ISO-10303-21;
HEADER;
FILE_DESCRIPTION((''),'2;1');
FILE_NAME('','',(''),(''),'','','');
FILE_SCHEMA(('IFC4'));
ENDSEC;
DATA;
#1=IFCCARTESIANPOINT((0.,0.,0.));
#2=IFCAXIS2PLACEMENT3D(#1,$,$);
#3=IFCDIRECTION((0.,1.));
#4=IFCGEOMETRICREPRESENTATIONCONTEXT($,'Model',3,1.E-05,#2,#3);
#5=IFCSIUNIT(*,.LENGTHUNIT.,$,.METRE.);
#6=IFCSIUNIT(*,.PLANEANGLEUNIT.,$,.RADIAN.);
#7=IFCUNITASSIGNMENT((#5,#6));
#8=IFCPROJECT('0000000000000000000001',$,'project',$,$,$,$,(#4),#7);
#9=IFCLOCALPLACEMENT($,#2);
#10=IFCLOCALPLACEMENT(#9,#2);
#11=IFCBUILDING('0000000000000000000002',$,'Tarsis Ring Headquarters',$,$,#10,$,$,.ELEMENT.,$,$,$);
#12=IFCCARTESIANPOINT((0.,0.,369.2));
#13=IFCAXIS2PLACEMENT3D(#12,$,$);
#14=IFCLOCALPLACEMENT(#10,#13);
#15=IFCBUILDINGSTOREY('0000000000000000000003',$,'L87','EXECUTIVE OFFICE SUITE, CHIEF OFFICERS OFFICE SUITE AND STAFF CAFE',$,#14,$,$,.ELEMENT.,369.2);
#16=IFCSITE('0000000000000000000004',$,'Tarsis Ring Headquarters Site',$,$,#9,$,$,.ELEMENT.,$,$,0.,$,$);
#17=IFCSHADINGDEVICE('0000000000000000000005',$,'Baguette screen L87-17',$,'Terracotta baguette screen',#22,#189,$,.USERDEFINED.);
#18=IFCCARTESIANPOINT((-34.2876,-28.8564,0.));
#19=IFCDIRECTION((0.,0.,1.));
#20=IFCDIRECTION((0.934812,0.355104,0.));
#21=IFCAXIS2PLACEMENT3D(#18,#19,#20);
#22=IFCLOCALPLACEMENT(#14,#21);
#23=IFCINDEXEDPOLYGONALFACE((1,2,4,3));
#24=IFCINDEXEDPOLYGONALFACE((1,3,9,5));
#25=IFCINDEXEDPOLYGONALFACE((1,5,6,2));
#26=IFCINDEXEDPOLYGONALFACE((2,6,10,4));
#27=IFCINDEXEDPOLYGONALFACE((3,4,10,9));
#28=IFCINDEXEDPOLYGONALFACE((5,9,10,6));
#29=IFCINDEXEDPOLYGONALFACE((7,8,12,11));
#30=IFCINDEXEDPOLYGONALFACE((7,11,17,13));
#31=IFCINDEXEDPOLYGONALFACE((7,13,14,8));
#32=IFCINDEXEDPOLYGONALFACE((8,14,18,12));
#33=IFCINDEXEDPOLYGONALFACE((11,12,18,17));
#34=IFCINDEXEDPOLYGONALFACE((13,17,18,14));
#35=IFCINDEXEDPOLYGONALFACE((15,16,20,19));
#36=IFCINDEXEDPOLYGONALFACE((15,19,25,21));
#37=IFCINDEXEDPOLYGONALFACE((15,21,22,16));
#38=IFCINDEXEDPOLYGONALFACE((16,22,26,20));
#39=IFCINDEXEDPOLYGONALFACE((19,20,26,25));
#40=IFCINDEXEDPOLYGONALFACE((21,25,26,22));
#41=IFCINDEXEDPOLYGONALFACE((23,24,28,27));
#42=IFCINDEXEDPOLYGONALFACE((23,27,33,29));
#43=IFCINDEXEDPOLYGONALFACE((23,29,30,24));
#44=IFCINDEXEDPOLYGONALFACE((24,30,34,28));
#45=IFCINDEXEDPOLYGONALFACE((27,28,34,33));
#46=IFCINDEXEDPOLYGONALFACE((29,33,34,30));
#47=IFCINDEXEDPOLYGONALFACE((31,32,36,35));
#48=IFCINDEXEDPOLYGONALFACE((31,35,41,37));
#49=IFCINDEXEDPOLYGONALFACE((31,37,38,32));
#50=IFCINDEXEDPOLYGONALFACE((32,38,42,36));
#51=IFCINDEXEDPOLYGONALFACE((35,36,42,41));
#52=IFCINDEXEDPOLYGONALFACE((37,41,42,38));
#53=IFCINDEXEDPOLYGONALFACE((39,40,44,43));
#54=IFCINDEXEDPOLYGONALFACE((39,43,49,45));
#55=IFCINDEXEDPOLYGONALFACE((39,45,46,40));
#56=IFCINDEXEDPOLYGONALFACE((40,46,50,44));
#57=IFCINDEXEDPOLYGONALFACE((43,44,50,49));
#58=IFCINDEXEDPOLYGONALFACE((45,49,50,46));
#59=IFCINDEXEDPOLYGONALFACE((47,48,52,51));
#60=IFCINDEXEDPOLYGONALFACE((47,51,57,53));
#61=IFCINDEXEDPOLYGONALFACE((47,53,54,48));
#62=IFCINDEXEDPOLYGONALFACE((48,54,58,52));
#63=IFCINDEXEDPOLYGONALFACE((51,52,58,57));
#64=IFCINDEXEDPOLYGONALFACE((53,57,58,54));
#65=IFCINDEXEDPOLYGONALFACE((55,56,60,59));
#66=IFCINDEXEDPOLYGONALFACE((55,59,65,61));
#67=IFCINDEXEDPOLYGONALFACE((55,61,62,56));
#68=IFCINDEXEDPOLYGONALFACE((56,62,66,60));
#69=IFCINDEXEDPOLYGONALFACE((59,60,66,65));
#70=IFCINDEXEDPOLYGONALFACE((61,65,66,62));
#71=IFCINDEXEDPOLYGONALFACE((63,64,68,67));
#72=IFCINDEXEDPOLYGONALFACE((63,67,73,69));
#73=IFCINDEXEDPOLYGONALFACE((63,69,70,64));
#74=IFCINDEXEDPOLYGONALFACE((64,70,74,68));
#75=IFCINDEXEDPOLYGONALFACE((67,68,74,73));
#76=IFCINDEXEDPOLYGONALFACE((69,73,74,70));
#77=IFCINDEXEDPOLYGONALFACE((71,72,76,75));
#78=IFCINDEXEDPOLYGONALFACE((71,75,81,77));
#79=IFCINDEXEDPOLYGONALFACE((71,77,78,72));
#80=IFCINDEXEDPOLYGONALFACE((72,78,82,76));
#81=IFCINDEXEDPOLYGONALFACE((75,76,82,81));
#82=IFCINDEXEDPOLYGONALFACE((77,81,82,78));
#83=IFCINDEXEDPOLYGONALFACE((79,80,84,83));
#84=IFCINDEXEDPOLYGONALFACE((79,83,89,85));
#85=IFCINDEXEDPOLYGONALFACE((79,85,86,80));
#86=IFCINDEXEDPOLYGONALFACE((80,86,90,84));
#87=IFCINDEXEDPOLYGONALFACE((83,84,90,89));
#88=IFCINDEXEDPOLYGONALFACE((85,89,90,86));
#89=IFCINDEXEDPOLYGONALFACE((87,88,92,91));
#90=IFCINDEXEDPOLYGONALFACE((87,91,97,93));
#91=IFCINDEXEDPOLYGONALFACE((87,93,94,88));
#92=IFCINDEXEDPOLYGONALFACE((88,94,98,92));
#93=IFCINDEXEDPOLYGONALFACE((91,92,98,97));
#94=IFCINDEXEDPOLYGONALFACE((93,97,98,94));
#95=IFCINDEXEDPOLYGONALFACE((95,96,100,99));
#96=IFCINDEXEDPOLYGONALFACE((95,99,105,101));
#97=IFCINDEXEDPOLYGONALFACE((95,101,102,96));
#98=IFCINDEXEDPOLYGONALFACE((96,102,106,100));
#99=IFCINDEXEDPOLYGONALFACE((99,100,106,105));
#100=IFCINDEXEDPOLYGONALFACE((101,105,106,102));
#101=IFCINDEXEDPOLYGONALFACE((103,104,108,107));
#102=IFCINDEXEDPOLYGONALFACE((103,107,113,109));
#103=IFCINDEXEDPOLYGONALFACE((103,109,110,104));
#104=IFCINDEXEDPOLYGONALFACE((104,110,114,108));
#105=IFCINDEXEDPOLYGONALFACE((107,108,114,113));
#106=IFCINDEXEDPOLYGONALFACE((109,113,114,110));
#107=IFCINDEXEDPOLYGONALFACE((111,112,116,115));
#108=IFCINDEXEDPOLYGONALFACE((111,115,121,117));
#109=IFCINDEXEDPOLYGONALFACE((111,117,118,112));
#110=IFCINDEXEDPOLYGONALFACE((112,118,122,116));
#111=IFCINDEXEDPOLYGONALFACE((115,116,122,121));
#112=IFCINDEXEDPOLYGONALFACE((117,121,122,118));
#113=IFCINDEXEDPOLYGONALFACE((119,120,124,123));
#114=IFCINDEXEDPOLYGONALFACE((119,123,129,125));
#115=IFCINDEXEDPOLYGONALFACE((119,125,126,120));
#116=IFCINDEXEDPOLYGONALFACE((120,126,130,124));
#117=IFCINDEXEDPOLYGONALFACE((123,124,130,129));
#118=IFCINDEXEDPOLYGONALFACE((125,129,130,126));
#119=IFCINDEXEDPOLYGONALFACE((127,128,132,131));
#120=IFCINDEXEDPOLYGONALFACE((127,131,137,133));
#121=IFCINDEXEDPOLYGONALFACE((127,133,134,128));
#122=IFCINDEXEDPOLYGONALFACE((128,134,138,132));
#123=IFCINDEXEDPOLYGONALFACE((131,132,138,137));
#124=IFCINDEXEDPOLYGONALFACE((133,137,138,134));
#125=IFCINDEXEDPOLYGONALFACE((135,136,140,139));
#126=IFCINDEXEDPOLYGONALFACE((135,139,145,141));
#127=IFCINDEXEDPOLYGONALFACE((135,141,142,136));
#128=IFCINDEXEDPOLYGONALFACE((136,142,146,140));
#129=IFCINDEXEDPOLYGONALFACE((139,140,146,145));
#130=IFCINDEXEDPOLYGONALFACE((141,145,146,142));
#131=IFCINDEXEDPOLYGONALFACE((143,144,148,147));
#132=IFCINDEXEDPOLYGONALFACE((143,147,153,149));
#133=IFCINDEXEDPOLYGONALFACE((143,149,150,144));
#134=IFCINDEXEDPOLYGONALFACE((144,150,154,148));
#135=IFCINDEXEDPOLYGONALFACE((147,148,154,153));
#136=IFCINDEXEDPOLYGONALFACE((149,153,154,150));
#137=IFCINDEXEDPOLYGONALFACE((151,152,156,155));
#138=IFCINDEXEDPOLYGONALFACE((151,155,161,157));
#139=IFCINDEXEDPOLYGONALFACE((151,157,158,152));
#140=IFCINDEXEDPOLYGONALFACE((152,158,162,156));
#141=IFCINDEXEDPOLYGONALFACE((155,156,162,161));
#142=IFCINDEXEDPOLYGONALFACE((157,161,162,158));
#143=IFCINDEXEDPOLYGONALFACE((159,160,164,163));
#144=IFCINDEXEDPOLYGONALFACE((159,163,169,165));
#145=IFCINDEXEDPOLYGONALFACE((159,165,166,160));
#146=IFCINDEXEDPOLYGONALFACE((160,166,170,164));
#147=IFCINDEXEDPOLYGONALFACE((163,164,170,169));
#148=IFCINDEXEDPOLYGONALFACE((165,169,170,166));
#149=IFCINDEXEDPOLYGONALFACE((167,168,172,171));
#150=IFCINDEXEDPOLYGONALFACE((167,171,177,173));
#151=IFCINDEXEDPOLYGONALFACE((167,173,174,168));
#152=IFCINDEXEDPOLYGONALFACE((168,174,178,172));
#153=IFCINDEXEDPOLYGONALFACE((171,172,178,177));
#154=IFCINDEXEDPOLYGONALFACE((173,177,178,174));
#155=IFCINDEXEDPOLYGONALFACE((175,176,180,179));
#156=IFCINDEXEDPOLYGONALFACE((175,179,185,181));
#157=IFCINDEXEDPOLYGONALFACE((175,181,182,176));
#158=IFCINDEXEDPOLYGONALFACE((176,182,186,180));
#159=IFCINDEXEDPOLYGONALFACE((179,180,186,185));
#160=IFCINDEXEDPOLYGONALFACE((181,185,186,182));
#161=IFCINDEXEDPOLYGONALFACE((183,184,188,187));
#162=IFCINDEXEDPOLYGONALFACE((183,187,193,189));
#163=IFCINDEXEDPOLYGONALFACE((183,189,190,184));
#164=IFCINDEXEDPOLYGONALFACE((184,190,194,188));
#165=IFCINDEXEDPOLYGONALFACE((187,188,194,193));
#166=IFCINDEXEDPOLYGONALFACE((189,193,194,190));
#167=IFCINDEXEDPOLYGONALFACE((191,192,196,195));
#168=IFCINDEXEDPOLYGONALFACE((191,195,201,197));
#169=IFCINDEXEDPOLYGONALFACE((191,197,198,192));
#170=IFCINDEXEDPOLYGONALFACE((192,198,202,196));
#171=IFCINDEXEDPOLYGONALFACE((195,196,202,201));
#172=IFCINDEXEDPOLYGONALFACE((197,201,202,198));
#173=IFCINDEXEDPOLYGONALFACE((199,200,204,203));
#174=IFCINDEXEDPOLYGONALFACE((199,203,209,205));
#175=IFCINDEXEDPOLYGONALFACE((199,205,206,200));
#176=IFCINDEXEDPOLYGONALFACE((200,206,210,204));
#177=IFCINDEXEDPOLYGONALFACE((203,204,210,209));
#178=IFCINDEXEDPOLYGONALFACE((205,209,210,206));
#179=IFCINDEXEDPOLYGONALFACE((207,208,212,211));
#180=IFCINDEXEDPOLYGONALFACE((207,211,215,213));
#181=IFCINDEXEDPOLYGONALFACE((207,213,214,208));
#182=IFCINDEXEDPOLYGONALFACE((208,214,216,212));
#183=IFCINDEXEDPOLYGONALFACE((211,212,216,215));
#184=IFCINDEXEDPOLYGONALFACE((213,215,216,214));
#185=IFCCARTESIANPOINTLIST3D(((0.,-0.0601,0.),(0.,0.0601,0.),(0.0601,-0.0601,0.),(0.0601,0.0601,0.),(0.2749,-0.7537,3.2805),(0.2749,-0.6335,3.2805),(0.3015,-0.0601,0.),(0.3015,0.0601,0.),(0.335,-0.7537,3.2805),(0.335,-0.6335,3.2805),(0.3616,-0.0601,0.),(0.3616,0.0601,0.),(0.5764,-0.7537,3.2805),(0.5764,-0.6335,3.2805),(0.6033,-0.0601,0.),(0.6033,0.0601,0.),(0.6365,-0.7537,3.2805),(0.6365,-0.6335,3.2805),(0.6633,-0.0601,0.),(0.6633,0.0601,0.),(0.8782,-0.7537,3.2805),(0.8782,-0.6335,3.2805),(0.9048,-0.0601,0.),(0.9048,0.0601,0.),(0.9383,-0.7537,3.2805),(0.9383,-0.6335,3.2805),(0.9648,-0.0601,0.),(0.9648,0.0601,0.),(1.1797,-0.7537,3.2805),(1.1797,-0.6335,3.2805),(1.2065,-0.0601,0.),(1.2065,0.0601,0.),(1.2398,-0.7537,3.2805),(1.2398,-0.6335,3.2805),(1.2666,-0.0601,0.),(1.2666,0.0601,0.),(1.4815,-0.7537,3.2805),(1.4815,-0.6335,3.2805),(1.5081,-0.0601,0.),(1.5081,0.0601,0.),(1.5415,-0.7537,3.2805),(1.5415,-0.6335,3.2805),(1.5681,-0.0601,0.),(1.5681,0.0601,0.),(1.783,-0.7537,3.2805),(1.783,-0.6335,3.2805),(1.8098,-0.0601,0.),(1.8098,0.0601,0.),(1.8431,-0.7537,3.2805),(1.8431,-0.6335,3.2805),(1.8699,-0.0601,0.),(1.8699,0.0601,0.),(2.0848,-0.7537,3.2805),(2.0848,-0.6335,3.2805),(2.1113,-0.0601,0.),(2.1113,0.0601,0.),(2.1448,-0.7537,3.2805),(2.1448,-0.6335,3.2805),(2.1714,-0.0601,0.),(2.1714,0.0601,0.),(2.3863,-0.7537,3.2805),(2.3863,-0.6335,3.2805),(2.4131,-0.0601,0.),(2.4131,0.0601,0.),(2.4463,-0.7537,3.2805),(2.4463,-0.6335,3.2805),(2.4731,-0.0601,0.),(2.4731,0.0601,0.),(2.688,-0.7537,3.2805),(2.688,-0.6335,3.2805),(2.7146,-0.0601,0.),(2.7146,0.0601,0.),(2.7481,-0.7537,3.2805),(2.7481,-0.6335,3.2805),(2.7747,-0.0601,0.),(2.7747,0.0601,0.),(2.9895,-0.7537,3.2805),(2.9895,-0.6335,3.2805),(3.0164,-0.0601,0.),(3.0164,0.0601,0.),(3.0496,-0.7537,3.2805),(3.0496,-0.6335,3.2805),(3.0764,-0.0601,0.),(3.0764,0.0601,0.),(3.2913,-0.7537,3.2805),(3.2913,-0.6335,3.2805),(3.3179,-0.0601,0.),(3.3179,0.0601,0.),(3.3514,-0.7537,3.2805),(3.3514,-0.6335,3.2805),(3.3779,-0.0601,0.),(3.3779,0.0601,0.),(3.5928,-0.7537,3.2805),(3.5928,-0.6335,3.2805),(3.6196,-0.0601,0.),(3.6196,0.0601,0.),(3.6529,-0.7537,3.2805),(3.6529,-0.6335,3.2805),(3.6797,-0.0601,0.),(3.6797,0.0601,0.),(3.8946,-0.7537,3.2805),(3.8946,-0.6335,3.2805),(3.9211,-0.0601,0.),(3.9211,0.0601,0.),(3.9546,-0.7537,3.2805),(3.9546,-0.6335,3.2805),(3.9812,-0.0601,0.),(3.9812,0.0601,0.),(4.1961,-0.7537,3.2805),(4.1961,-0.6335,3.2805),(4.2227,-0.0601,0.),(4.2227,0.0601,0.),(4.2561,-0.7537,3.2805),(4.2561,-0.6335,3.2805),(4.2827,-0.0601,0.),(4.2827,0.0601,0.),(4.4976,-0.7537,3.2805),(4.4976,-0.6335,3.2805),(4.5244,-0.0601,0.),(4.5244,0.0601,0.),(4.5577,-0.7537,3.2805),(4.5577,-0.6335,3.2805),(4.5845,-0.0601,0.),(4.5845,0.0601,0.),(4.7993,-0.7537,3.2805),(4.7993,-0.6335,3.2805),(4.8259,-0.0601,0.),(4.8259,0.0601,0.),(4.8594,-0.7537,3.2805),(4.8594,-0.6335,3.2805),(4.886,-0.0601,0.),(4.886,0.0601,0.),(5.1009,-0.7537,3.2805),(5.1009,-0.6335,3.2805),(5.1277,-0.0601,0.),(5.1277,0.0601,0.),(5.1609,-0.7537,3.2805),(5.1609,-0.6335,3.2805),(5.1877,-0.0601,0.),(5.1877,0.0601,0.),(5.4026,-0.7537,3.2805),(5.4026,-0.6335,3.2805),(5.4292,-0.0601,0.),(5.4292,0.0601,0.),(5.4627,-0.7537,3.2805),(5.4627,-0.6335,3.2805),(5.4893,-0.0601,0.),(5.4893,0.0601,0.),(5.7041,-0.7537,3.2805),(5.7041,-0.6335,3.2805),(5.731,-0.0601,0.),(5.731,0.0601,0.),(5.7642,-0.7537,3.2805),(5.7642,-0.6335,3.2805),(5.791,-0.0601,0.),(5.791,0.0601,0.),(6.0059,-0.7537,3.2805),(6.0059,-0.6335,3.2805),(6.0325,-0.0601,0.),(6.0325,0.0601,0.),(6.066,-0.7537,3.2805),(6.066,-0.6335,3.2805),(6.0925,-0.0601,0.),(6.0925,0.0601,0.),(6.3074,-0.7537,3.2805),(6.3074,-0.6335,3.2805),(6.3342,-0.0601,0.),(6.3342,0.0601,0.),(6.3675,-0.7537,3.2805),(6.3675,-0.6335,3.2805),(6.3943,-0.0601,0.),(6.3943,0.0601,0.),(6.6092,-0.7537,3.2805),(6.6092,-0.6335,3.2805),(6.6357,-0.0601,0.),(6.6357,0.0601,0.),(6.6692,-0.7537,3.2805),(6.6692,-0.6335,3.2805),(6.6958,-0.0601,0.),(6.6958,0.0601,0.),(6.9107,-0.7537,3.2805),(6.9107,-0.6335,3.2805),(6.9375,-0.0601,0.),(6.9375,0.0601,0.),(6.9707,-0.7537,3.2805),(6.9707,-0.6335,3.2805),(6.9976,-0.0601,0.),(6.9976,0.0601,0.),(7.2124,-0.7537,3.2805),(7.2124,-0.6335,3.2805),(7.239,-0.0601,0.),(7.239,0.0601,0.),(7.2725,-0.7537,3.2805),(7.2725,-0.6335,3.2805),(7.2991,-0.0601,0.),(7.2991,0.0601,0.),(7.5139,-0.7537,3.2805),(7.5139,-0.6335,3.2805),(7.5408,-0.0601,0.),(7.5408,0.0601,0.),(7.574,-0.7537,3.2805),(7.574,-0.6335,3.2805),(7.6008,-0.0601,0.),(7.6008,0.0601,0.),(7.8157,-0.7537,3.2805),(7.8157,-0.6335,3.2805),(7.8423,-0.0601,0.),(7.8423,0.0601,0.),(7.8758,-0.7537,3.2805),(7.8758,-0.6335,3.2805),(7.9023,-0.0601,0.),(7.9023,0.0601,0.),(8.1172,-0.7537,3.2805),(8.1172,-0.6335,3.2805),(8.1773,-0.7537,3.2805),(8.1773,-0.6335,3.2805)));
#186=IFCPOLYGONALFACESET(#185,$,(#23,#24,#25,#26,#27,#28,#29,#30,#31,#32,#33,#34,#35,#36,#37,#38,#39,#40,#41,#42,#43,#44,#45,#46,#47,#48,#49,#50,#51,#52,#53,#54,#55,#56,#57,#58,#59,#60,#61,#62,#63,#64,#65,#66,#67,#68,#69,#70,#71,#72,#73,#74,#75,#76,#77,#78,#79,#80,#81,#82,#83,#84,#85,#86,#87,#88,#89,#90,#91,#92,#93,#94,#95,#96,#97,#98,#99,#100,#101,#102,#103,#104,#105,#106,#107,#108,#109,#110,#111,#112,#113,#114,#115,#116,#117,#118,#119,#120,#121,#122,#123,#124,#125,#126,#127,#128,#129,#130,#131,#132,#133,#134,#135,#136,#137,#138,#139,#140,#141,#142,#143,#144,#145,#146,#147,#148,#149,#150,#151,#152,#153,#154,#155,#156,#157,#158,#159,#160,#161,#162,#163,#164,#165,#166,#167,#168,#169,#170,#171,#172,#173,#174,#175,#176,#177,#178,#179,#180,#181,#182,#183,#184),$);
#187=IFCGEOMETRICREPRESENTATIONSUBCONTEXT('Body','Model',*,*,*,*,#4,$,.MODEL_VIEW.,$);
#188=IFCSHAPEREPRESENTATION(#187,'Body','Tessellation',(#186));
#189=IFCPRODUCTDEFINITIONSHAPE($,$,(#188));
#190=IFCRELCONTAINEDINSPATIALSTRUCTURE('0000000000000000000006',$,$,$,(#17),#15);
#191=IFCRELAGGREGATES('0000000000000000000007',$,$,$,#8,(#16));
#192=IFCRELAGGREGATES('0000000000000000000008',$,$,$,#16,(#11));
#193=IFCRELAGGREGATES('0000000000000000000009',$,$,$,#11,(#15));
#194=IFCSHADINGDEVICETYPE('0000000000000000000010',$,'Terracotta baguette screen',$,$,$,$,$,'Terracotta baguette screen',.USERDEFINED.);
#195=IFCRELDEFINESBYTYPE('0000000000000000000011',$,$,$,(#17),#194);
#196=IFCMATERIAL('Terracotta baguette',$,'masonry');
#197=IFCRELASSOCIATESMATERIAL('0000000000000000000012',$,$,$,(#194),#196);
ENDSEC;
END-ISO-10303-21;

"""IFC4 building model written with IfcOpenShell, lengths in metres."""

from ifc_helpers import new_model, si_unit, direction, frame, frame_2d, origin, place, context, subcontext, project, spatial, rectangle, composite_profile, extrude, material, type_object, element, save


model = new_model("IFC4")

# Units and contexts
model_context = context("Model", 3, precision=1e-05, world=origin(), true_north=direction((0.0, 1.0)))
body_context = subcontext(model_context, "Body", "Model", "MODEL_VIEW")
ifc_project = project(units=[si_unit("LENGTHUNIT", "METRE"), si_unit("PLANEANGLEUNIT", "RADIAN")], contexts=[model_context])

# Site, building, storey
site_placement = place(None, origin())
site = spatial("IfcSite", under=ifc_project, at=site_placement, Name="Tarsis Ring Headquarters Site", CompositionType="ELEMENT", RefElevation=0.0)
building_placement = place(site_placement, origin())
building = spatial("IfcBuilding", under=site, at=building_placement, Name="Tarsis Ring Headquarters", CompositionType="ELEMENT")
storey_placement = place(building_placement, frame((0.0, 0.0, 369.2)))
storey = spatial("IfcBuildingStorey", under=building, at=storey_placement, Name="L87", Description="EXECUTIVE OFFICE SUITE, CHIEF OFFICERS OFFICE SUITE AND STAFF CAFE", CompositionType="ELEMENT", Elevation=369.2)

# Shading device
ifc_material_1 = material(Name="Terracotta baguette", Category="masonry")
shading_device_type_1 = type_object("IfcShadingDeviceType", Name="Terracotta baguette screen", ElementType="Terracotta baguette screen", PredefinedType="USERDEFINED", material=ifc_material_1)
shading_device_1_placement = place(storey_placement, frame((-34.2876, -28.8564, 0.0), z_axis=(0.0, 0.0, 1.0), x_axis=(0.934812, 0.355104, 0.0)))
element("IfcShadingDevice", 1, at=shading_device_1_placement, inside=storey, type_object=shading_device_type_1, Name="Baguette screen L87-17", ObjectType="Terracotta baguette screen", PredefinedType="USERDEFINED", context=body_context, shape_type="SweptSolid", body=[
    extrude(composite_profile([rectangle(XDim=0.0601, YDim=0.1201, at=frame_2d((0.03, 0.0))), rectangle(XDim=0.0601, YDim=0.1201, at=frame_2d((0.3315, 0.0))), rectangle(XDim=0.0601, YDim=0.1201, at=frame_2d((0.6333, 0.0))), rectangle(XDim=0.0601, YDim=0.1201, at=frame_2d((0.9348, 0.0))), rectangle(XDim=0.0601, YDim=0.1201, at=frame_2d((1.2366, 0.0))), rectangle(XDim=0.0601, YDim=0.1201, at=frame_2d((1.5381, 0.0))), rectangle(XDim=0.0601, YDim=0.1201, at=frame_2d((1.8398, 0.0))), rectangle(XDim=0.0601, YDim=0.1201, at=frame_2d((2.1414, 0.0))), rectangle(XDim=0.0601, YDim=0.1201, at=frame_2d((2.4431, 0.0))), rectangle(XDim=0.0601, YDim=0.1201, at=frame_2d((2.7446, 0.0))), rectangle(XDim=0.0601, YDim=0.1201, at=frame_2d((3.0464, 0.0))), rectangle(XDim=0.0601, YDim=0.1201, at=frame_2d((3.3479, 0.0))), rectangle(XDim=0.0601, YDim=0.1201, at=frame_2d((3.6497, 0.0))), rectangle(XDim=0.0601, YDim=0.1201, at=frame_2d((3.9512, 0.0))), rectangle(XDim=0.0601, YDim=0.1201, at=frame_2d((4.2527, 0.0))), rectangle(XDim=0.0601, YDim=0.1201, at=frame_2d((4.5544, 0.0))), rectangle(XDim=0.0601, YDim=0.1201, at=frame_2d((4.856, 0.0))), rectangle(XDim=0.0601, YDim=0.1201, at=frame_2d((5.1577, 0.0))), rectangle(XDim=0.0601, YDim=0.1201, at=frame_2d((5.4592, 0.0))), rectangle(XDim=0.0601, YDim=0.1201, at=frame_2d((5.761, 0.0))), rectangle(XDim=0.0601, YDim=0.1201, at=frame_2d((6.0625, 0.0))), rectangle(XDim=0.0601, YDim=0.1201, at=frame_2d((6.3643, 0.0))), rectangle(XDim=0.0601, YDim=0.1201, at=frame_2d((6.6658, 0.0))), rectangle(XDim=0.0601, YDim=0.1201, at=frame_2d((6.9675, 0.0))), rectangle(XDim=0.0601, YDim=0.1201, at=frame_2d((7.269, 0.0))), rectangle(XDim=0.0601, YDim=0.1201, at=frame_2d((7.5708, 0.0))), rectangle(XDim=0.0601, YDim=0.1201, at=frame_2d((7.8723, 0.0)))]), origin(), (0.081723, -0.206165, 0.975099), 3.3643),
])

save(model, "model.ifc")
